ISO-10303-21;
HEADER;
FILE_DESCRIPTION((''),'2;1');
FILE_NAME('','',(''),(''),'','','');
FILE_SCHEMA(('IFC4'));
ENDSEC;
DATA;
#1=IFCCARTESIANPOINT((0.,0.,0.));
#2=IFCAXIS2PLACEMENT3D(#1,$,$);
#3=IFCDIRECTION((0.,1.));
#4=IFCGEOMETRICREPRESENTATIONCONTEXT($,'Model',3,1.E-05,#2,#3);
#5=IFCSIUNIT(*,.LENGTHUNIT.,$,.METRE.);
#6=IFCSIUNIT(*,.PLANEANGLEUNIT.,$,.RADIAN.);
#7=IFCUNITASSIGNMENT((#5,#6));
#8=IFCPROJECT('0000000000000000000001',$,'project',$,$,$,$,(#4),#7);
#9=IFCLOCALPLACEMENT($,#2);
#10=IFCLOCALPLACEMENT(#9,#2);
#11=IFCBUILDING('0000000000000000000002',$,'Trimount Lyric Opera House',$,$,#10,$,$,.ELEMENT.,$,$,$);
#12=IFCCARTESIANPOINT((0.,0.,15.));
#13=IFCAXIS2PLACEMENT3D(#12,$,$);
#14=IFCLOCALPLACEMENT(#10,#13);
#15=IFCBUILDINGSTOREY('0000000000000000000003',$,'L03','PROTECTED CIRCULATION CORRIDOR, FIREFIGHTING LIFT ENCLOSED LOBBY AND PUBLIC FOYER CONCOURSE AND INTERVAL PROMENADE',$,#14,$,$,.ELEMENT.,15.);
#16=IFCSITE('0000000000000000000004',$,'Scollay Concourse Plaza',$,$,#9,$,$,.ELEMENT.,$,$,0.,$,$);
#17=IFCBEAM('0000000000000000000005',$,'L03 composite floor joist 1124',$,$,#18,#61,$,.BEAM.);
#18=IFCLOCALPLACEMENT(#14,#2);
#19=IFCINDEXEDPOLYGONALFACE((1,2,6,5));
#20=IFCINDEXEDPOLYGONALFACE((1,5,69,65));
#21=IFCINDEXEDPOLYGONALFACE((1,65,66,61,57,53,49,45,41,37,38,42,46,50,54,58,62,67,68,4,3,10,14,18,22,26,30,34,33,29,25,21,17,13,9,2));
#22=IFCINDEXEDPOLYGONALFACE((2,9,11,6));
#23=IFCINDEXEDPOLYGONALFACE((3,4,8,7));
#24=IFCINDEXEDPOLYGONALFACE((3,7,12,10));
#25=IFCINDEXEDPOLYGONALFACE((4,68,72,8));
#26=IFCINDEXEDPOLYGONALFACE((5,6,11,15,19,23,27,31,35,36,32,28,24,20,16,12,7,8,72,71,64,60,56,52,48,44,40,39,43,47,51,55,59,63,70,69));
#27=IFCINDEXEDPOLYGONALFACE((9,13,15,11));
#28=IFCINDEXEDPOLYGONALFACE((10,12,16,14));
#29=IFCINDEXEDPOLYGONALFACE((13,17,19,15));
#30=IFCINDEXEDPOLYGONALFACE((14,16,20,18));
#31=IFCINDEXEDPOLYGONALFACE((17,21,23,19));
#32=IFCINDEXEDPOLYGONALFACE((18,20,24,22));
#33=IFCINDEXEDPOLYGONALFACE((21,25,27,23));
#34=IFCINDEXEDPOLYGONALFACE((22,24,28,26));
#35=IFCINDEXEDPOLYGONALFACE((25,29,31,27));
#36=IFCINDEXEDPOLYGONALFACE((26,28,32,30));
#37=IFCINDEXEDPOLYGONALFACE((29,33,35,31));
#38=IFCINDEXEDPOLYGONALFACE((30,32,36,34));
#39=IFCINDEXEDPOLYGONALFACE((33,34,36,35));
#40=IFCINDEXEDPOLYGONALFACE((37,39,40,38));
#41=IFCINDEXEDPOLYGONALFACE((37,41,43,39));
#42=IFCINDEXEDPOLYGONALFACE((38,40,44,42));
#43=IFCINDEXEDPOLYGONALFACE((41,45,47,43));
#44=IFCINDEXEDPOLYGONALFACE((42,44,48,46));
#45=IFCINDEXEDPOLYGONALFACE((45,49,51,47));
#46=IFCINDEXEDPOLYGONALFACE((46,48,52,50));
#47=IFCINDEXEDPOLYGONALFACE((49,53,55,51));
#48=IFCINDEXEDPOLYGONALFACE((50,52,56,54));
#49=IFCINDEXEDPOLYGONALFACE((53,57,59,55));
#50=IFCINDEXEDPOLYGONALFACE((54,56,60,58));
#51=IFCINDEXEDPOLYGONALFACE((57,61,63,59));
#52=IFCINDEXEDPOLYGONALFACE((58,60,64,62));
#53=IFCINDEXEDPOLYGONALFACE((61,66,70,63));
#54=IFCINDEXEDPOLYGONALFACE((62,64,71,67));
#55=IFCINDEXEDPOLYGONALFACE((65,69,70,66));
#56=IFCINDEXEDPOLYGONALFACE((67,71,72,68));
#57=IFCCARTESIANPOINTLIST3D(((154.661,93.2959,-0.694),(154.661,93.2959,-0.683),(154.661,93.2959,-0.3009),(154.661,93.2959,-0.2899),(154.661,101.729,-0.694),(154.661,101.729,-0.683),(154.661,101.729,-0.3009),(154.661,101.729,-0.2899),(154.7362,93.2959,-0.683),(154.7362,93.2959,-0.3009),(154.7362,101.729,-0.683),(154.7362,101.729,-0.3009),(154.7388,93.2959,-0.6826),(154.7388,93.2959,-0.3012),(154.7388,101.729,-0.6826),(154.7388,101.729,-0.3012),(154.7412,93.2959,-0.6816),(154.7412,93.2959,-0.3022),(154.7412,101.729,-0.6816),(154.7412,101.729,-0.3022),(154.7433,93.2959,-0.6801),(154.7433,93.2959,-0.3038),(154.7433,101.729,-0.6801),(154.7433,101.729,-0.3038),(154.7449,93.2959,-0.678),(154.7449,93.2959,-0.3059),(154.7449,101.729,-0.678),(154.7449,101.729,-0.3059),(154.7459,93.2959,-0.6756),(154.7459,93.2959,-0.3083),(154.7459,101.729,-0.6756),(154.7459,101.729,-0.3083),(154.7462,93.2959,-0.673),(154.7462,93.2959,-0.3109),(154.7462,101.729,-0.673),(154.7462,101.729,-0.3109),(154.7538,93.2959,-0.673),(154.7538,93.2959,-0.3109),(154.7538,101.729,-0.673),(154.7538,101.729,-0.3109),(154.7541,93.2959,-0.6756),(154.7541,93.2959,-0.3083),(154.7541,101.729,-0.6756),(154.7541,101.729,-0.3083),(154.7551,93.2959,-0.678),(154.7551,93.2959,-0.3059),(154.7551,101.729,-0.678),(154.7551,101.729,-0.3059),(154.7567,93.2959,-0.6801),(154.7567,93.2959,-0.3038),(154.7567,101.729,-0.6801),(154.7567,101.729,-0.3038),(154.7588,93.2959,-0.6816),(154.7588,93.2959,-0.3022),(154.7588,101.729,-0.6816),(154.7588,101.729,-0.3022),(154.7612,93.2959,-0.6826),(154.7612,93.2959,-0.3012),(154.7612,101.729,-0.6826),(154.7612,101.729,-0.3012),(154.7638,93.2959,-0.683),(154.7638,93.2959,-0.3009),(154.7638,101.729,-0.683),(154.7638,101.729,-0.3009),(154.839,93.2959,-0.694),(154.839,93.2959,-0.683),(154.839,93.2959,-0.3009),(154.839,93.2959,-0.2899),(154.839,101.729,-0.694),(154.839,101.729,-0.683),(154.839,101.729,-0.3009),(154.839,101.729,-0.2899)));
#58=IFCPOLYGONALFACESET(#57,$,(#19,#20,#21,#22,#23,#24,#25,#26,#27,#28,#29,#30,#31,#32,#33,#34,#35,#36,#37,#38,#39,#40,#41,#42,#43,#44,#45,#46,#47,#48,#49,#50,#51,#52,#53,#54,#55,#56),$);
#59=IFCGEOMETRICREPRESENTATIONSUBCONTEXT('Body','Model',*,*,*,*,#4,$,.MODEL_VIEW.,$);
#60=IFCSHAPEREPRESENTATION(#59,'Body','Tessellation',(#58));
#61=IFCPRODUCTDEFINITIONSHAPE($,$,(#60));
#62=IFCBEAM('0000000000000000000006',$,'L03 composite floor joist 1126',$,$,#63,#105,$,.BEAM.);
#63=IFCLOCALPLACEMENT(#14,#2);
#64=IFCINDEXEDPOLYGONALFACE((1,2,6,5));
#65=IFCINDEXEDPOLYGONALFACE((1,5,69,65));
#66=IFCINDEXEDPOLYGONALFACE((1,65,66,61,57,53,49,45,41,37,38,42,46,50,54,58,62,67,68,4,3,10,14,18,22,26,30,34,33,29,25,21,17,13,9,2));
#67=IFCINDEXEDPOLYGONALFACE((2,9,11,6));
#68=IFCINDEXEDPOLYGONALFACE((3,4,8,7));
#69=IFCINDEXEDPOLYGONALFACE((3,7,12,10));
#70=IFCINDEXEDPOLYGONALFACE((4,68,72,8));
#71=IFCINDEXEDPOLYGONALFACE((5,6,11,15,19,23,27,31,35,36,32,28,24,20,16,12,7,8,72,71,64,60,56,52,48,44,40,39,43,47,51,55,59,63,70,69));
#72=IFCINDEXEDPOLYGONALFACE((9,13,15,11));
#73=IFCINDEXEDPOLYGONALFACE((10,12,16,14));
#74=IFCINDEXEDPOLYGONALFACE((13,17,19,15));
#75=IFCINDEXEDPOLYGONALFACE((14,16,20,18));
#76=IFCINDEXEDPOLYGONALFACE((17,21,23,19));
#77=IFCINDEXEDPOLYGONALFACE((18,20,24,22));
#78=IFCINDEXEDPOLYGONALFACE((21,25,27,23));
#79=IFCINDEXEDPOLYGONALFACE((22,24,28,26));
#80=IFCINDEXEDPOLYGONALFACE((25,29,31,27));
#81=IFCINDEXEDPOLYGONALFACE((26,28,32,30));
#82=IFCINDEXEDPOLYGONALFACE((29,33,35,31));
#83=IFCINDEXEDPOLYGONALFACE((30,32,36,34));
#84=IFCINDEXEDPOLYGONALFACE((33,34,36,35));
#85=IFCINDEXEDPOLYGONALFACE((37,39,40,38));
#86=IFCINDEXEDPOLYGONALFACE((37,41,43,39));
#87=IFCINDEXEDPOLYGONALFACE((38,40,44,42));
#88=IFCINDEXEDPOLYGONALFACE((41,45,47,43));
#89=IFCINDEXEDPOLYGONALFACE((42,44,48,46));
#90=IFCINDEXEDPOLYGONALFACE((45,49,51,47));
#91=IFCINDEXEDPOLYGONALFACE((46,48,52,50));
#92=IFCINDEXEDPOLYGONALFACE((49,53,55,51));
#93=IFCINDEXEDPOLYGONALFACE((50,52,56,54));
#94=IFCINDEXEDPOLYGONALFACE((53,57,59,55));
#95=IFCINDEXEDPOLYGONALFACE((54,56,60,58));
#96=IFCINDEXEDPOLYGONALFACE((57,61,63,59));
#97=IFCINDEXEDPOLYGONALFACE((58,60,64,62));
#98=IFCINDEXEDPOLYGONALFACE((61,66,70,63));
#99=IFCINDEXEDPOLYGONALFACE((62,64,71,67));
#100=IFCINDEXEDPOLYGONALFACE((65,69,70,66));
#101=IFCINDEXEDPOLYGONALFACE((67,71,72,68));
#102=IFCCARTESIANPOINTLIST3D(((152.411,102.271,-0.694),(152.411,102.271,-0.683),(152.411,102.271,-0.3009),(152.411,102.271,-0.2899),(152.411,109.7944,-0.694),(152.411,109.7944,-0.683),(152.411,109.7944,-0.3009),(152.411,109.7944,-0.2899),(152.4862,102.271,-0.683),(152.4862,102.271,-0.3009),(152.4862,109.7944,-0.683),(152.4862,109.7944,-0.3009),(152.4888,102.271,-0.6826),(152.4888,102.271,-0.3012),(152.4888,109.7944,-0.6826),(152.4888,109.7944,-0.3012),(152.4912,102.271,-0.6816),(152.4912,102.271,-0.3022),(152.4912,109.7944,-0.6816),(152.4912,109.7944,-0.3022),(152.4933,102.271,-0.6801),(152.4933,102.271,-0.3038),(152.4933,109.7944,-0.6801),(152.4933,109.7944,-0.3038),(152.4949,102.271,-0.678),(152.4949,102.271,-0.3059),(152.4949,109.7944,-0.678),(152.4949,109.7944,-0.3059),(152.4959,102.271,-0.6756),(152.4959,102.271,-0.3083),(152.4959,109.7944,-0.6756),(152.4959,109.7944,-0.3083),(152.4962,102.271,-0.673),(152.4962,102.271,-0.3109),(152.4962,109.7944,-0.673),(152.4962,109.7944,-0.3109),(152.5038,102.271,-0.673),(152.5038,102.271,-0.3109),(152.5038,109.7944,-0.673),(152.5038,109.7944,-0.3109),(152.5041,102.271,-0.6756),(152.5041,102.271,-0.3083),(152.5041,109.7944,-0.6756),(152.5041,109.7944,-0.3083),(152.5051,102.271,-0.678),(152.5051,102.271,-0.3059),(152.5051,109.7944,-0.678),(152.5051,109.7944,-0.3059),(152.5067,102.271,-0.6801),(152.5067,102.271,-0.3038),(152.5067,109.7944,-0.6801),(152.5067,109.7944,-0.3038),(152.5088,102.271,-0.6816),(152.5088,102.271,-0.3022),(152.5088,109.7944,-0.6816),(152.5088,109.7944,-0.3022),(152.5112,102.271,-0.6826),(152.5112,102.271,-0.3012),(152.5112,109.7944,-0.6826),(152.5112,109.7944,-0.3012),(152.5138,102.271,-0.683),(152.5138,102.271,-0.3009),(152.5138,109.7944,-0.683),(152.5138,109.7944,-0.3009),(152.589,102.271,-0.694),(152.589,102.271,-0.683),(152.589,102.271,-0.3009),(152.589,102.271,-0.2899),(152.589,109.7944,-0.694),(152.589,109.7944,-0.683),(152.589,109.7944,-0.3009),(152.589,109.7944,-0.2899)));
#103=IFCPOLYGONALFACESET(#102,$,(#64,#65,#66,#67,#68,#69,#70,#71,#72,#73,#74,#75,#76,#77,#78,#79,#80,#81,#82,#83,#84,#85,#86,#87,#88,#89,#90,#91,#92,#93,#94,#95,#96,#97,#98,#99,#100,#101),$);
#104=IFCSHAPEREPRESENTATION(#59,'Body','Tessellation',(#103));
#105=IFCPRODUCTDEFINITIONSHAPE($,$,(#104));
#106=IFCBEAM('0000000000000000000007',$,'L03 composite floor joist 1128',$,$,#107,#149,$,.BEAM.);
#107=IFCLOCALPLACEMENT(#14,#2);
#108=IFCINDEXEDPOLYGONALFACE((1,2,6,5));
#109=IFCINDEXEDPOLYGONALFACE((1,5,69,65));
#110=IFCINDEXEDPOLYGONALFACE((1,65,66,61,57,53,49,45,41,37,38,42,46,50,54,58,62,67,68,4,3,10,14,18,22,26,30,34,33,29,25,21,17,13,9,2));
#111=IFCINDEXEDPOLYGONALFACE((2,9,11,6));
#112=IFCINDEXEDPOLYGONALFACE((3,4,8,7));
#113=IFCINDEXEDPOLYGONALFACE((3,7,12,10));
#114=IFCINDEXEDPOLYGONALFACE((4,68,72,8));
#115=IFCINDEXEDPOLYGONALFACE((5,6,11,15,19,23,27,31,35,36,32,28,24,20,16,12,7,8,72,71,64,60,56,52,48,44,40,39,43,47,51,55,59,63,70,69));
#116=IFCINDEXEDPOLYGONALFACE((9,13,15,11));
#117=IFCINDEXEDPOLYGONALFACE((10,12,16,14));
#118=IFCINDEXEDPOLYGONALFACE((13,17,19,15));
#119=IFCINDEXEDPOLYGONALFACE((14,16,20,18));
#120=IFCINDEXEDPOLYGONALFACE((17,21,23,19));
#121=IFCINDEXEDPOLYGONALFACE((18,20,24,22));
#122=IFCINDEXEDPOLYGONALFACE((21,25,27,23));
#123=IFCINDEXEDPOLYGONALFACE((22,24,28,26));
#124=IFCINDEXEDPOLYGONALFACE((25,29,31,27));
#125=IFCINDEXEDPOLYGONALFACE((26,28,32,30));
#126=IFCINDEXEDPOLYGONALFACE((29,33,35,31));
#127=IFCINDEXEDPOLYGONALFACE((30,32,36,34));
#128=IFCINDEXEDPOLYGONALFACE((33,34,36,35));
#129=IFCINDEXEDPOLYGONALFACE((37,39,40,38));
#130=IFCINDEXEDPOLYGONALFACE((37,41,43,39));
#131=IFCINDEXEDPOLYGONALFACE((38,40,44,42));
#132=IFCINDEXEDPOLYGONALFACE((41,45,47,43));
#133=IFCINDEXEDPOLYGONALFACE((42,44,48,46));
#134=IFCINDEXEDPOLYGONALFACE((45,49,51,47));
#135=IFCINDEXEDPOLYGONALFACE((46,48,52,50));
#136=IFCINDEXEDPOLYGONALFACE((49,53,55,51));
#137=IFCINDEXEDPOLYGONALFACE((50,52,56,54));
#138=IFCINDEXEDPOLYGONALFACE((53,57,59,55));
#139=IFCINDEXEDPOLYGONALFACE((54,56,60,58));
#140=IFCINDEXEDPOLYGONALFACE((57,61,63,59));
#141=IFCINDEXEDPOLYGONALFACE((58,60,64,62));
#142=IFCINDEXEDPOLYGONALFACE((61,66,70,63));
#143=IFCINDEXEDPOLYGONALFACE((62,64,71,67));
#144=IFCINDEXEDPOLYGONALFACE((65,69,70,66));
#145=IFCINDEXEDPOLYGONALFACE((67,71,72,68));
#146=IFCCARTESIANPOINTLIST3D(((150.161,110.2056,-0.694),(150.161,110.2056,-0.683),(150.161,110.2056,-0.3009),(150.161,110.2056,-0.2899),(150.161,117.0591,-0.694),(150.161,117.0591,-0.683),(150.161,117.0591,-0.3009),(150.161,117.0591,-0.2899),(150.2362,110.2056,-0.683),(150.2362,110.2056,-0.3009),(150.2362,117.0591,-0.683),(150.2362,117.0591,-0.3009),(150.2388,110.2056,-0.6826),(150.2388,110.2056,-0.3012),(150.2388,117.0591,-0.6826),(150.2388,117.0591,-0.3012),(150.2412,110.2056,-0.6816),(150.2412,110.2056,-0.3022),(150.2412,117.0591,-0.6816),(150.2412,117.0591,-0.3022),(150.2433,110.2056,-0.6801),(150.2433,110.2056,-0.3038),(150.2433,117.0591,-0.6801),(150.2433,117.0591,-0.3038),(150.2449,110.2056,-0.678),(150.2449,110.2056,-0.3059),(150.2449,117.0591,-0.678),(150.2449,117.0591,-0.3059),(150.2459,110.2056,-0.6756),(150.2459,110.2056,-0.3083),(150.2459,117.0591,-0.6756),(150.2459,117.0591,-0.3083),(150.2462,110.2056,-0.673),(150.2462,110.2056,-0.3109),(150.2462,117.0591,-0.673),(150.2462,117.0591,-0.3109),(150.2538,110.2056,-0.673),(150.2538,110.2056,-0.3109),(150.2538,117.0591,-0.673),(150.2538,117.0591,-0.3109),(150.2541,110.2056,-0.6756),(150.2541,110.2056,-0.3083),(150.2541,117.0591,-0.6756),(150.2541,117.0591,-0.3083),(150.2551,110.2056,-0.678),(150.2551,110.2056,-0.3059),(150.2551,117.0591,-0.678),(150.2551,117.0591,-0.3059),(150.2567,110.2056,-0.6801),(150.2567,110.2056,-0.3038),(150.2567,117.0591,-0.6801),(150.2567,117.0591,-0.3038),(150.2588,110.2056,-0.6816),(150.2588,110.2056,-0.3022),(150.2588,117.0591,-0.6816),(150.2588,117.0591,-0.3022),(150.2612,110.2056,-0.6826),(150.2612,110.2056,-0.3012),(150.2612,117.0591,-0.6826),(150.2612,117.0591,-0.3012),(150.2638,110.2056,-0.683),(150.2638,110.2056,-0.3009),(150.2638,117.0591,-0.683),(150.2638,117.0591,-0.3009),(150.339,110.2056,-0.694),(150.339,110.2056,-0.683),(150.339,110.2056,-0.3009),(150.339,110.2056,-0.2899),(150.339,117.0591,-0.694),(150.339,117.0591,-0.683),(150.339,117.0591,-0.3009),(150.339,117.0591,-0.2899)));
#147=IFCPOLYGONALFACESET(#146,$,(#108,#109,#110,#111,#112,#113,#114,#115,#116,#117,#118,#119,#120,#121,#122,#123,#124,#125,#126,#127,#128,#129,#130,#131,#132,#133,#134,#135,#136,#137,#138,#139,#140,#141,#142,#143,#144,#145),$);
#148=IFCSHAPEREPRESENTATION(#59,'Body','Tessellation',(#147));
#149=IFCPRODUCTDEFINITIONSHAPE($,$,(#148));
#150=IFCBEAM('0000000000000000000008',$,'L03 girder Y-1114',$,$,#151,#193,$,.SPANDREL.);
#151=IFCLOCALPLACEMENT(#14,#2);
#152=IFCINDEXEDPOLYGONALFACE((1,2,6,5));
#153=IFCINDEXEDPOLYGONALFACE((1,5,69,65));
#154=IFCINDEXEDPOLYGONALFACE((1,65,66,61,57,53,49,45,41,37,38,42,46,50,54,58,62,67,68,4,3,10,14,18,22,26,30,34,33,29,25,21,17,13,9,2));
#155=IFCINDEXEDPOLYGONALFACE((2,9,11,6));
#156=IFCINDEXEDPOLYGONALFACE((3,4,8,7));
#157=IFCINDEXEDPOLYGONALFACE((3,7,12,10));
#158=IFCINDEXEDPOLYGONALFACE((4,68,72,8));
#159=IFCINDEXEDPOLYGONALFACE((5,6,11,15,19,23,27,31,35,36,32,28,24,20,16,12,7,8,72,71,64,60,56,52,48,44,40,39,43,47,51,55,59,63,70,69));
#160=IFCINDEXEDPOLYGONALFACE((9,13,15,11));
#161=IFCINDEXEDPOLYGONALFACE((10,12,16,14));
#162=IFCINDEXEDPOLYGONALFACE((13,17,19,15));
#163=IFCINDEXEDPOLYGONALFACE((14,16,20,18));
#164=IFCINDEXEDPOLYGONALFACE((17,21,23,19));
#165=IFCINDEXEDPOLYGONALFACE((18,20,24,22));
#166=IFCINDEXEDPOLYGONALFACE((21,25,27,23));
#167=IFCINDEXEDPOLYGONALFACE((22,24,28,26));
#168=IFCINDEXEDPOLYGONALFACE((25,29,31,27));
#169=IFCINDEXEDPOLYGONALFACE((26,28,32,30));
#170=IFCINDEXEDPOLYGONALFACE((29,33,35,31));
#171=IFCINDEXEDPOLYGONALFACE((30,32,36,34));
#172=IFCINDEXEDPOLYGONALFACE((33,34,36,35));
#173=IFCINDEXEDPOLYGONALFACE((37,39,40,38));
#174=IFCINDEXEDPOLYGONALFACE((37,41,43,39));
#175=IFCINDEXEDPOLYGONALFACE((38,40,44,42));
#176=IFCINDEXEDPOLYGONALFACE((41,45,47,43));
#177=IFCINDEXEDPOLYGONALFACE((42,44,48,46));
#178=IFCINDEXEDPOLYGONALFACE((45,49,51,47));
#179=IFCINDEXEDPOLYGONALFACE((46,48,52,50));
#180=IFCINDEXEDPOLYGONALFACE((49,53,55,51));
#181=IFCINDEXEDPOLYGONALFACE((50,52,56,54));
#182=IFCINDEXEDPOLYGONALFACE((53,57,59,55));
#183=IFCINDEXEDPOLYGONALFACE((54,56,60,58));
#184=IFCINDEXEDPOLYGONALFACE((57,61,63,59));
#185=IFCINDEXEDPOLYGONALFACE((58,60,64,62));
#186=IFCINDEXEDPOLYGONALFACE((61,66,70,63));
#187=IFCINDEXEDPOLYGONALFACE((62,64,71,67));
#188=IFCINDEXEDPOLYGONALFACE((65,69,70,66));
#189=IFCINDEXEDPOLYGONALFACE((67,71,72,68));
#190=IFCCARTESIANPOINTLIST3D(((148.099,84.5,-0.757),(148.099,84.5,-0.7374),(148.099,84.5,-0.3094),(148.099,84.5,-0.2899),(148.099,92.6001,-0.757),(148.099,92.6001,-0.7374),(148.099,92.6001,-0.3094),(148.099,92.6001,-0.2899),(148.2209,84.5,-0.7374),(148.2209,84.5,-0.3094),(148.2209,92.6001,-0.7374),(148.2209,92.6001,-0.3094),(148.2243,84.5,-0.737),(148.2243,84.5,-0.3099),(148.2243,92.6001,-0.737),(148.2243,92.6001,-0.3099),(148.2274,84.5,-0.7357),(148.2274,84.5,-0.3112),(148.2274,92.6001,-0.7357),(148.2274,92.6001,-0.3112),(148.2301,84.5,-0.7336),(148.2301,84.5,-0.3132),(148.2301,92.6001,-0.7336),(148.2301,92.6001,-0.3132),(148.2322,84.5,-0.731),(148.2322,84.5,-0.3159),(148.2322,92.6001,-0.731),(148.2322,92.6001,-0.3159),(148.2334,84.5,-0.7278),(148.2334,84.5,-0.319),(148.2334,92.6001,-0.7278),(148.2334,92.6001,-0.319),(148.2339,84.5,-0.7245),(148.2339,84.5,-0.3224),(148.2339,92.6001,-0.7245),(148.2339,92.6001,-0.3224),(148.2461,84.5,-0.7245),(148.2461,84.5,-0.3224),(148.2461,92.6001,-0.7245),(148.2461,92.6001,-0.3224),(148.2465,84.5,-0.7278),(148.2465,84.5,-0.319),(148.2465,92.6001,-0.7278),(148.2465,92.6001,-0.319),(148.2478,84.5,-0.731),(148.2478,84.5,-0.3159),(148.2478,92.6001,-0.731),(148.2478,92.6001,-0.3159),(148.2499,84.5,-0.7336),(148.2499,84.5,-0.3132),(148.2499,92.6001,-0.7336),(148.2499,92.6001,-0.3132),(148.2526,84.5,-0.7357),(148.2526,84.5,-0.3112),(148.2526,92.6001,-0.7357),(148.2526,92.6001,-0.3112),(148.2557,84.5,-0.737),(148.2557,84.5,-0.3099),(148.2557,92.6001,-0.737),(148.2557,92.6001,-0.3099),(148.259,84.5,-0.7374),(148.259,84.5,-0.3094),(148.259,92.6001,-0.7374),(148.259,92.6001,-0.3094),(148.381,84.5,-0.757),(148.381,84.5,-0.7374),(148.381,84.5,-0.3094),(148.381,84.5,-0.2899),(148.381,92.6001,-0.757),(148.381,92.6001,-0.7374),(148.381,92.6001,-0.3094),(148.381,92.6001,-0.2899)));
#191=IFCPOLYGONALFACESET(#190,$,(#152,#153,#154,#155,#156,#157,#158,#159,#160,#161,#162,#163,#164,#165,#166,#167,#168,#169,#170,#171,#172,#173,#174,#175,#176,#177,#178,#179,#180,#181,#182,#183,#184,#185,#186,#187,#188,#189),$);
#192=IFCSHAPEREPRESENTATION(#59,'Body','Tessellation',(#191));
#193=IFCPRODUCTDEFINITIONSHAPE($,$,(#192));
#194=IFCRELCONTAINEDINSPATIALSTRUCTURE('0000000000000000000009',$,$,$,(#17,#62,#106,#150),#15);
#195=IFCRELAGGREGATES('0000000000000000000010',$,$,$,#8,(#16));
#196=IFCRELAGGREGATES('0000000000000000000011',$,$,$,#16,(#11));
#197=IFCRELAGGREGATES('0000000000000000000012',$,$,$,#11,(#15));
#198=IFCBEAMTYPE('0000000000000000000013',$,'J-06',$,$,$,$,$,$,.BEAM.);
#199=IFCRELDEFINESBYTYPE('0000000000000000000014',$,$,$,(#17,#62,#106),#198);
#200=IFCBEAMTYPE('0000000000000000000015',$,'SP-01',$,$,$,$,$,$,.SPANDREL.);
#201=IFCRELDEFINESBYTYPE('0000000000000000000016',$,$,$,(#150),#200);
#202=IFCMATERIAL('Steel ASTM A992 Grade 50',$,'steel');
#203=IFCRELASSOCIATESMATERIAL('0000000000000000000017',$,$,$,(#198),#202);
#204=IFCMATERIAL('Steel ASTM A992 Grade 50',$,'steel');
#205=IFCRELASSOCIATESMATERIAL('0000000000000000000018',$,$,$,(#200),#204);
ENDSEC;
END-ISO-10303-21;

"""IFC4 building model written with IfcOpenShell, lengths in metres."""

from ifc_helpers import new_model, si_unit, direction, frame, origin, origin_2d, place, context, subcontext, project, spatial, i_section, extrude, material, material_profile, profile_set, type_object, element, save


model = new_model("IFC4")

# Units and contexts
model_context = context("Model", 3, precision=1e-05, world=origin(), true_north=direction((0.0, 1.0)))
body_context = subcontext(model_context, "Body", "Model", "MODEL_VIEW")
ifc_project = project(units=[si_unit("LENGTHUNIT", "METRE"), si_unit("PLANEANGLEUNIT", "RADIAN")], contexts=[model_context])

# Site, building, storey
site_placement = place(None, origin())
site = spatial("IfcSite", under=ifc_project, at=site_placement, Name="Scollay Concourse Plaza", CompositionType="ELEMENT", RefElevation=0.0)
building_placement = place(site_placement, origin())
building = spatial("IfcBuilding", under=site, at=building_placement, Name="Trimount Lyric Opera House", CompositionType="ELEMENT")
storey_placement = place(building_placement, frame((0.0, 0.0, 15.0)))
storey = spatial("IfcBuildingStorey", under=building, at=storey_placement, Name="L03", Description="PROTECTED CIRCULATION CORRIDOR, FIREFIGHTING LIFT ENCLOSED LOBBY AND PUBLIC FOYER CONCOURSE AND INTERVAL PROMENADE", CompositionType="ELEMENT", Elevation=15.0)

# Beams
ifc_material_1 = material(Name="Steel ASTM A992 Grade 50", Category="steel")
ifc_material_profile_1 = material_profile(ifc_material_1, i_section(OverallWidth=0.178, OverallDepth=0.4041, WebThickness=0.0076, FlangeThickness=0.011, FilletRadius=0.01, at=origin_2d()), Name="W16X36")
ifc_profile_set_1 = profile_set([ifc_material_profile_1], Name="Steel ASTM A992 Grade 50")
beam_type_1 = type_object("IfcBeamType", Name="J-06", PredefinedType="BEAM", material=ifc_profile_set_1)
beam_1_placement = place(storey_placement, frame((154.75, 93.2959, -0.4919), z_axis=(0.0, 1.0, 0.0), x_axis=(-1.0, 0.0, 0.0)))
element("IfcBeam", 1, at=beam_1_placement, inside=storey, type_object=beam_type_1, Name="L03 composite floor joist 1124", PredefinedType="BEAM", context=body_context, shape_type="SweptSolid", body=[
    extrude(i_section(OverallWidth=0.178, OverallDepth=0.4041, WebThickness=0.0076, FlangeThickness=0.011, FilletRadius=0.01, at=origin_2d()), origin(), (0.0, 0.0, 1.0), 8.4331),
])
beam_2_placement = place(storey_placement, frame((152.5, 102.271, -0.4919), z_axis=(0.0, 1.0, 0.0), x_axis=(-1.0, 0.0, 0.0)))
element("IfcBeam", 2, at=beam_2_placement, inside=storey, type_object=beam_type_1, Name="L03 composite floor joist 1126", PredefinedType="BEAM", context=body_context, shape_type="SweptSolid", body=[
    extrude(i_section(OverallWidth=0.178, OverallDepth=0.4041, WebThickness=0.0076, FlangeThickness=0.011, FilletRadius=0.01, at=origin_2d()), origin(), (0.0, 0.0, 1.0), 7.5234),
])
beam_3_placement = place(storey_placement, frame((150.25, 110.2056, -0.4919), z_axis=(0.0, 1.0, 0.0), x_axis=(-1.0, 0.0, 0.0)))
element("IfcBeam", 3, at=beam_3_placement, inside=storey, type_object=beam_type_1, Name="L03 composite floor joist 1128", PredefinedType="BEAM", context=body_context, shape_type="SweptSolid", body=[
    extrude(i_section(OverallWidth=0.178, OverallDepth=0.4041, WebThickness=0.0076, FlangeThickness=0.011, FilletRadius=0.01, at=origin_2d()), origin(), (0.0, 0.0, 1.0), 6.8535),
])
ifc_material_2 = material(Name="Steel ASTM A992 Grade 50", Category="steel")
ifc_material_profile_2 = material_profile(ifc_material_2, i_section(OverallWidth=0.282, OverallDepth=0.467, WebThickness=0.0122, FlangeThickness=0.0195, FilletRadius=0.0129, at=origin_2d()), Name="W18X86")
ifc_profile_set_2 = profile_set([ifc_material_profile_2], Name="Steel ASTM A992 Grade 50")
beam_type_2 = type_object("IfcBeamType", Name="SP-01", PredefinedType="SPANDREL", material=ifc_profile_set_2)
beam_4_placement = place(storey_placement, frame((148.24, 84.5, -0.5234), z_axis=(0.0, 1.0, 0.0), x_axis=(-1.0, 0.0, 0.0)))
element("IfcBeam", 4, at=beam_4_placement, inside=storey, type_object=beam_type_2, Name="L03 girder Y-1114", PredefinedType="SPANDREL", context=body_context, shape_type="SweptSolid", body=[
    extrude(i_section(OverallWidth=0.282, OverallDepth=0.467, WebThickness=0.0122, FlangeThickness=0.0195, FilletRadius=0.0129, at=origin_2d()), origin(), (0.0, 0.0, 1.0), 8.1001),
])

save(model, "model.ifc")
